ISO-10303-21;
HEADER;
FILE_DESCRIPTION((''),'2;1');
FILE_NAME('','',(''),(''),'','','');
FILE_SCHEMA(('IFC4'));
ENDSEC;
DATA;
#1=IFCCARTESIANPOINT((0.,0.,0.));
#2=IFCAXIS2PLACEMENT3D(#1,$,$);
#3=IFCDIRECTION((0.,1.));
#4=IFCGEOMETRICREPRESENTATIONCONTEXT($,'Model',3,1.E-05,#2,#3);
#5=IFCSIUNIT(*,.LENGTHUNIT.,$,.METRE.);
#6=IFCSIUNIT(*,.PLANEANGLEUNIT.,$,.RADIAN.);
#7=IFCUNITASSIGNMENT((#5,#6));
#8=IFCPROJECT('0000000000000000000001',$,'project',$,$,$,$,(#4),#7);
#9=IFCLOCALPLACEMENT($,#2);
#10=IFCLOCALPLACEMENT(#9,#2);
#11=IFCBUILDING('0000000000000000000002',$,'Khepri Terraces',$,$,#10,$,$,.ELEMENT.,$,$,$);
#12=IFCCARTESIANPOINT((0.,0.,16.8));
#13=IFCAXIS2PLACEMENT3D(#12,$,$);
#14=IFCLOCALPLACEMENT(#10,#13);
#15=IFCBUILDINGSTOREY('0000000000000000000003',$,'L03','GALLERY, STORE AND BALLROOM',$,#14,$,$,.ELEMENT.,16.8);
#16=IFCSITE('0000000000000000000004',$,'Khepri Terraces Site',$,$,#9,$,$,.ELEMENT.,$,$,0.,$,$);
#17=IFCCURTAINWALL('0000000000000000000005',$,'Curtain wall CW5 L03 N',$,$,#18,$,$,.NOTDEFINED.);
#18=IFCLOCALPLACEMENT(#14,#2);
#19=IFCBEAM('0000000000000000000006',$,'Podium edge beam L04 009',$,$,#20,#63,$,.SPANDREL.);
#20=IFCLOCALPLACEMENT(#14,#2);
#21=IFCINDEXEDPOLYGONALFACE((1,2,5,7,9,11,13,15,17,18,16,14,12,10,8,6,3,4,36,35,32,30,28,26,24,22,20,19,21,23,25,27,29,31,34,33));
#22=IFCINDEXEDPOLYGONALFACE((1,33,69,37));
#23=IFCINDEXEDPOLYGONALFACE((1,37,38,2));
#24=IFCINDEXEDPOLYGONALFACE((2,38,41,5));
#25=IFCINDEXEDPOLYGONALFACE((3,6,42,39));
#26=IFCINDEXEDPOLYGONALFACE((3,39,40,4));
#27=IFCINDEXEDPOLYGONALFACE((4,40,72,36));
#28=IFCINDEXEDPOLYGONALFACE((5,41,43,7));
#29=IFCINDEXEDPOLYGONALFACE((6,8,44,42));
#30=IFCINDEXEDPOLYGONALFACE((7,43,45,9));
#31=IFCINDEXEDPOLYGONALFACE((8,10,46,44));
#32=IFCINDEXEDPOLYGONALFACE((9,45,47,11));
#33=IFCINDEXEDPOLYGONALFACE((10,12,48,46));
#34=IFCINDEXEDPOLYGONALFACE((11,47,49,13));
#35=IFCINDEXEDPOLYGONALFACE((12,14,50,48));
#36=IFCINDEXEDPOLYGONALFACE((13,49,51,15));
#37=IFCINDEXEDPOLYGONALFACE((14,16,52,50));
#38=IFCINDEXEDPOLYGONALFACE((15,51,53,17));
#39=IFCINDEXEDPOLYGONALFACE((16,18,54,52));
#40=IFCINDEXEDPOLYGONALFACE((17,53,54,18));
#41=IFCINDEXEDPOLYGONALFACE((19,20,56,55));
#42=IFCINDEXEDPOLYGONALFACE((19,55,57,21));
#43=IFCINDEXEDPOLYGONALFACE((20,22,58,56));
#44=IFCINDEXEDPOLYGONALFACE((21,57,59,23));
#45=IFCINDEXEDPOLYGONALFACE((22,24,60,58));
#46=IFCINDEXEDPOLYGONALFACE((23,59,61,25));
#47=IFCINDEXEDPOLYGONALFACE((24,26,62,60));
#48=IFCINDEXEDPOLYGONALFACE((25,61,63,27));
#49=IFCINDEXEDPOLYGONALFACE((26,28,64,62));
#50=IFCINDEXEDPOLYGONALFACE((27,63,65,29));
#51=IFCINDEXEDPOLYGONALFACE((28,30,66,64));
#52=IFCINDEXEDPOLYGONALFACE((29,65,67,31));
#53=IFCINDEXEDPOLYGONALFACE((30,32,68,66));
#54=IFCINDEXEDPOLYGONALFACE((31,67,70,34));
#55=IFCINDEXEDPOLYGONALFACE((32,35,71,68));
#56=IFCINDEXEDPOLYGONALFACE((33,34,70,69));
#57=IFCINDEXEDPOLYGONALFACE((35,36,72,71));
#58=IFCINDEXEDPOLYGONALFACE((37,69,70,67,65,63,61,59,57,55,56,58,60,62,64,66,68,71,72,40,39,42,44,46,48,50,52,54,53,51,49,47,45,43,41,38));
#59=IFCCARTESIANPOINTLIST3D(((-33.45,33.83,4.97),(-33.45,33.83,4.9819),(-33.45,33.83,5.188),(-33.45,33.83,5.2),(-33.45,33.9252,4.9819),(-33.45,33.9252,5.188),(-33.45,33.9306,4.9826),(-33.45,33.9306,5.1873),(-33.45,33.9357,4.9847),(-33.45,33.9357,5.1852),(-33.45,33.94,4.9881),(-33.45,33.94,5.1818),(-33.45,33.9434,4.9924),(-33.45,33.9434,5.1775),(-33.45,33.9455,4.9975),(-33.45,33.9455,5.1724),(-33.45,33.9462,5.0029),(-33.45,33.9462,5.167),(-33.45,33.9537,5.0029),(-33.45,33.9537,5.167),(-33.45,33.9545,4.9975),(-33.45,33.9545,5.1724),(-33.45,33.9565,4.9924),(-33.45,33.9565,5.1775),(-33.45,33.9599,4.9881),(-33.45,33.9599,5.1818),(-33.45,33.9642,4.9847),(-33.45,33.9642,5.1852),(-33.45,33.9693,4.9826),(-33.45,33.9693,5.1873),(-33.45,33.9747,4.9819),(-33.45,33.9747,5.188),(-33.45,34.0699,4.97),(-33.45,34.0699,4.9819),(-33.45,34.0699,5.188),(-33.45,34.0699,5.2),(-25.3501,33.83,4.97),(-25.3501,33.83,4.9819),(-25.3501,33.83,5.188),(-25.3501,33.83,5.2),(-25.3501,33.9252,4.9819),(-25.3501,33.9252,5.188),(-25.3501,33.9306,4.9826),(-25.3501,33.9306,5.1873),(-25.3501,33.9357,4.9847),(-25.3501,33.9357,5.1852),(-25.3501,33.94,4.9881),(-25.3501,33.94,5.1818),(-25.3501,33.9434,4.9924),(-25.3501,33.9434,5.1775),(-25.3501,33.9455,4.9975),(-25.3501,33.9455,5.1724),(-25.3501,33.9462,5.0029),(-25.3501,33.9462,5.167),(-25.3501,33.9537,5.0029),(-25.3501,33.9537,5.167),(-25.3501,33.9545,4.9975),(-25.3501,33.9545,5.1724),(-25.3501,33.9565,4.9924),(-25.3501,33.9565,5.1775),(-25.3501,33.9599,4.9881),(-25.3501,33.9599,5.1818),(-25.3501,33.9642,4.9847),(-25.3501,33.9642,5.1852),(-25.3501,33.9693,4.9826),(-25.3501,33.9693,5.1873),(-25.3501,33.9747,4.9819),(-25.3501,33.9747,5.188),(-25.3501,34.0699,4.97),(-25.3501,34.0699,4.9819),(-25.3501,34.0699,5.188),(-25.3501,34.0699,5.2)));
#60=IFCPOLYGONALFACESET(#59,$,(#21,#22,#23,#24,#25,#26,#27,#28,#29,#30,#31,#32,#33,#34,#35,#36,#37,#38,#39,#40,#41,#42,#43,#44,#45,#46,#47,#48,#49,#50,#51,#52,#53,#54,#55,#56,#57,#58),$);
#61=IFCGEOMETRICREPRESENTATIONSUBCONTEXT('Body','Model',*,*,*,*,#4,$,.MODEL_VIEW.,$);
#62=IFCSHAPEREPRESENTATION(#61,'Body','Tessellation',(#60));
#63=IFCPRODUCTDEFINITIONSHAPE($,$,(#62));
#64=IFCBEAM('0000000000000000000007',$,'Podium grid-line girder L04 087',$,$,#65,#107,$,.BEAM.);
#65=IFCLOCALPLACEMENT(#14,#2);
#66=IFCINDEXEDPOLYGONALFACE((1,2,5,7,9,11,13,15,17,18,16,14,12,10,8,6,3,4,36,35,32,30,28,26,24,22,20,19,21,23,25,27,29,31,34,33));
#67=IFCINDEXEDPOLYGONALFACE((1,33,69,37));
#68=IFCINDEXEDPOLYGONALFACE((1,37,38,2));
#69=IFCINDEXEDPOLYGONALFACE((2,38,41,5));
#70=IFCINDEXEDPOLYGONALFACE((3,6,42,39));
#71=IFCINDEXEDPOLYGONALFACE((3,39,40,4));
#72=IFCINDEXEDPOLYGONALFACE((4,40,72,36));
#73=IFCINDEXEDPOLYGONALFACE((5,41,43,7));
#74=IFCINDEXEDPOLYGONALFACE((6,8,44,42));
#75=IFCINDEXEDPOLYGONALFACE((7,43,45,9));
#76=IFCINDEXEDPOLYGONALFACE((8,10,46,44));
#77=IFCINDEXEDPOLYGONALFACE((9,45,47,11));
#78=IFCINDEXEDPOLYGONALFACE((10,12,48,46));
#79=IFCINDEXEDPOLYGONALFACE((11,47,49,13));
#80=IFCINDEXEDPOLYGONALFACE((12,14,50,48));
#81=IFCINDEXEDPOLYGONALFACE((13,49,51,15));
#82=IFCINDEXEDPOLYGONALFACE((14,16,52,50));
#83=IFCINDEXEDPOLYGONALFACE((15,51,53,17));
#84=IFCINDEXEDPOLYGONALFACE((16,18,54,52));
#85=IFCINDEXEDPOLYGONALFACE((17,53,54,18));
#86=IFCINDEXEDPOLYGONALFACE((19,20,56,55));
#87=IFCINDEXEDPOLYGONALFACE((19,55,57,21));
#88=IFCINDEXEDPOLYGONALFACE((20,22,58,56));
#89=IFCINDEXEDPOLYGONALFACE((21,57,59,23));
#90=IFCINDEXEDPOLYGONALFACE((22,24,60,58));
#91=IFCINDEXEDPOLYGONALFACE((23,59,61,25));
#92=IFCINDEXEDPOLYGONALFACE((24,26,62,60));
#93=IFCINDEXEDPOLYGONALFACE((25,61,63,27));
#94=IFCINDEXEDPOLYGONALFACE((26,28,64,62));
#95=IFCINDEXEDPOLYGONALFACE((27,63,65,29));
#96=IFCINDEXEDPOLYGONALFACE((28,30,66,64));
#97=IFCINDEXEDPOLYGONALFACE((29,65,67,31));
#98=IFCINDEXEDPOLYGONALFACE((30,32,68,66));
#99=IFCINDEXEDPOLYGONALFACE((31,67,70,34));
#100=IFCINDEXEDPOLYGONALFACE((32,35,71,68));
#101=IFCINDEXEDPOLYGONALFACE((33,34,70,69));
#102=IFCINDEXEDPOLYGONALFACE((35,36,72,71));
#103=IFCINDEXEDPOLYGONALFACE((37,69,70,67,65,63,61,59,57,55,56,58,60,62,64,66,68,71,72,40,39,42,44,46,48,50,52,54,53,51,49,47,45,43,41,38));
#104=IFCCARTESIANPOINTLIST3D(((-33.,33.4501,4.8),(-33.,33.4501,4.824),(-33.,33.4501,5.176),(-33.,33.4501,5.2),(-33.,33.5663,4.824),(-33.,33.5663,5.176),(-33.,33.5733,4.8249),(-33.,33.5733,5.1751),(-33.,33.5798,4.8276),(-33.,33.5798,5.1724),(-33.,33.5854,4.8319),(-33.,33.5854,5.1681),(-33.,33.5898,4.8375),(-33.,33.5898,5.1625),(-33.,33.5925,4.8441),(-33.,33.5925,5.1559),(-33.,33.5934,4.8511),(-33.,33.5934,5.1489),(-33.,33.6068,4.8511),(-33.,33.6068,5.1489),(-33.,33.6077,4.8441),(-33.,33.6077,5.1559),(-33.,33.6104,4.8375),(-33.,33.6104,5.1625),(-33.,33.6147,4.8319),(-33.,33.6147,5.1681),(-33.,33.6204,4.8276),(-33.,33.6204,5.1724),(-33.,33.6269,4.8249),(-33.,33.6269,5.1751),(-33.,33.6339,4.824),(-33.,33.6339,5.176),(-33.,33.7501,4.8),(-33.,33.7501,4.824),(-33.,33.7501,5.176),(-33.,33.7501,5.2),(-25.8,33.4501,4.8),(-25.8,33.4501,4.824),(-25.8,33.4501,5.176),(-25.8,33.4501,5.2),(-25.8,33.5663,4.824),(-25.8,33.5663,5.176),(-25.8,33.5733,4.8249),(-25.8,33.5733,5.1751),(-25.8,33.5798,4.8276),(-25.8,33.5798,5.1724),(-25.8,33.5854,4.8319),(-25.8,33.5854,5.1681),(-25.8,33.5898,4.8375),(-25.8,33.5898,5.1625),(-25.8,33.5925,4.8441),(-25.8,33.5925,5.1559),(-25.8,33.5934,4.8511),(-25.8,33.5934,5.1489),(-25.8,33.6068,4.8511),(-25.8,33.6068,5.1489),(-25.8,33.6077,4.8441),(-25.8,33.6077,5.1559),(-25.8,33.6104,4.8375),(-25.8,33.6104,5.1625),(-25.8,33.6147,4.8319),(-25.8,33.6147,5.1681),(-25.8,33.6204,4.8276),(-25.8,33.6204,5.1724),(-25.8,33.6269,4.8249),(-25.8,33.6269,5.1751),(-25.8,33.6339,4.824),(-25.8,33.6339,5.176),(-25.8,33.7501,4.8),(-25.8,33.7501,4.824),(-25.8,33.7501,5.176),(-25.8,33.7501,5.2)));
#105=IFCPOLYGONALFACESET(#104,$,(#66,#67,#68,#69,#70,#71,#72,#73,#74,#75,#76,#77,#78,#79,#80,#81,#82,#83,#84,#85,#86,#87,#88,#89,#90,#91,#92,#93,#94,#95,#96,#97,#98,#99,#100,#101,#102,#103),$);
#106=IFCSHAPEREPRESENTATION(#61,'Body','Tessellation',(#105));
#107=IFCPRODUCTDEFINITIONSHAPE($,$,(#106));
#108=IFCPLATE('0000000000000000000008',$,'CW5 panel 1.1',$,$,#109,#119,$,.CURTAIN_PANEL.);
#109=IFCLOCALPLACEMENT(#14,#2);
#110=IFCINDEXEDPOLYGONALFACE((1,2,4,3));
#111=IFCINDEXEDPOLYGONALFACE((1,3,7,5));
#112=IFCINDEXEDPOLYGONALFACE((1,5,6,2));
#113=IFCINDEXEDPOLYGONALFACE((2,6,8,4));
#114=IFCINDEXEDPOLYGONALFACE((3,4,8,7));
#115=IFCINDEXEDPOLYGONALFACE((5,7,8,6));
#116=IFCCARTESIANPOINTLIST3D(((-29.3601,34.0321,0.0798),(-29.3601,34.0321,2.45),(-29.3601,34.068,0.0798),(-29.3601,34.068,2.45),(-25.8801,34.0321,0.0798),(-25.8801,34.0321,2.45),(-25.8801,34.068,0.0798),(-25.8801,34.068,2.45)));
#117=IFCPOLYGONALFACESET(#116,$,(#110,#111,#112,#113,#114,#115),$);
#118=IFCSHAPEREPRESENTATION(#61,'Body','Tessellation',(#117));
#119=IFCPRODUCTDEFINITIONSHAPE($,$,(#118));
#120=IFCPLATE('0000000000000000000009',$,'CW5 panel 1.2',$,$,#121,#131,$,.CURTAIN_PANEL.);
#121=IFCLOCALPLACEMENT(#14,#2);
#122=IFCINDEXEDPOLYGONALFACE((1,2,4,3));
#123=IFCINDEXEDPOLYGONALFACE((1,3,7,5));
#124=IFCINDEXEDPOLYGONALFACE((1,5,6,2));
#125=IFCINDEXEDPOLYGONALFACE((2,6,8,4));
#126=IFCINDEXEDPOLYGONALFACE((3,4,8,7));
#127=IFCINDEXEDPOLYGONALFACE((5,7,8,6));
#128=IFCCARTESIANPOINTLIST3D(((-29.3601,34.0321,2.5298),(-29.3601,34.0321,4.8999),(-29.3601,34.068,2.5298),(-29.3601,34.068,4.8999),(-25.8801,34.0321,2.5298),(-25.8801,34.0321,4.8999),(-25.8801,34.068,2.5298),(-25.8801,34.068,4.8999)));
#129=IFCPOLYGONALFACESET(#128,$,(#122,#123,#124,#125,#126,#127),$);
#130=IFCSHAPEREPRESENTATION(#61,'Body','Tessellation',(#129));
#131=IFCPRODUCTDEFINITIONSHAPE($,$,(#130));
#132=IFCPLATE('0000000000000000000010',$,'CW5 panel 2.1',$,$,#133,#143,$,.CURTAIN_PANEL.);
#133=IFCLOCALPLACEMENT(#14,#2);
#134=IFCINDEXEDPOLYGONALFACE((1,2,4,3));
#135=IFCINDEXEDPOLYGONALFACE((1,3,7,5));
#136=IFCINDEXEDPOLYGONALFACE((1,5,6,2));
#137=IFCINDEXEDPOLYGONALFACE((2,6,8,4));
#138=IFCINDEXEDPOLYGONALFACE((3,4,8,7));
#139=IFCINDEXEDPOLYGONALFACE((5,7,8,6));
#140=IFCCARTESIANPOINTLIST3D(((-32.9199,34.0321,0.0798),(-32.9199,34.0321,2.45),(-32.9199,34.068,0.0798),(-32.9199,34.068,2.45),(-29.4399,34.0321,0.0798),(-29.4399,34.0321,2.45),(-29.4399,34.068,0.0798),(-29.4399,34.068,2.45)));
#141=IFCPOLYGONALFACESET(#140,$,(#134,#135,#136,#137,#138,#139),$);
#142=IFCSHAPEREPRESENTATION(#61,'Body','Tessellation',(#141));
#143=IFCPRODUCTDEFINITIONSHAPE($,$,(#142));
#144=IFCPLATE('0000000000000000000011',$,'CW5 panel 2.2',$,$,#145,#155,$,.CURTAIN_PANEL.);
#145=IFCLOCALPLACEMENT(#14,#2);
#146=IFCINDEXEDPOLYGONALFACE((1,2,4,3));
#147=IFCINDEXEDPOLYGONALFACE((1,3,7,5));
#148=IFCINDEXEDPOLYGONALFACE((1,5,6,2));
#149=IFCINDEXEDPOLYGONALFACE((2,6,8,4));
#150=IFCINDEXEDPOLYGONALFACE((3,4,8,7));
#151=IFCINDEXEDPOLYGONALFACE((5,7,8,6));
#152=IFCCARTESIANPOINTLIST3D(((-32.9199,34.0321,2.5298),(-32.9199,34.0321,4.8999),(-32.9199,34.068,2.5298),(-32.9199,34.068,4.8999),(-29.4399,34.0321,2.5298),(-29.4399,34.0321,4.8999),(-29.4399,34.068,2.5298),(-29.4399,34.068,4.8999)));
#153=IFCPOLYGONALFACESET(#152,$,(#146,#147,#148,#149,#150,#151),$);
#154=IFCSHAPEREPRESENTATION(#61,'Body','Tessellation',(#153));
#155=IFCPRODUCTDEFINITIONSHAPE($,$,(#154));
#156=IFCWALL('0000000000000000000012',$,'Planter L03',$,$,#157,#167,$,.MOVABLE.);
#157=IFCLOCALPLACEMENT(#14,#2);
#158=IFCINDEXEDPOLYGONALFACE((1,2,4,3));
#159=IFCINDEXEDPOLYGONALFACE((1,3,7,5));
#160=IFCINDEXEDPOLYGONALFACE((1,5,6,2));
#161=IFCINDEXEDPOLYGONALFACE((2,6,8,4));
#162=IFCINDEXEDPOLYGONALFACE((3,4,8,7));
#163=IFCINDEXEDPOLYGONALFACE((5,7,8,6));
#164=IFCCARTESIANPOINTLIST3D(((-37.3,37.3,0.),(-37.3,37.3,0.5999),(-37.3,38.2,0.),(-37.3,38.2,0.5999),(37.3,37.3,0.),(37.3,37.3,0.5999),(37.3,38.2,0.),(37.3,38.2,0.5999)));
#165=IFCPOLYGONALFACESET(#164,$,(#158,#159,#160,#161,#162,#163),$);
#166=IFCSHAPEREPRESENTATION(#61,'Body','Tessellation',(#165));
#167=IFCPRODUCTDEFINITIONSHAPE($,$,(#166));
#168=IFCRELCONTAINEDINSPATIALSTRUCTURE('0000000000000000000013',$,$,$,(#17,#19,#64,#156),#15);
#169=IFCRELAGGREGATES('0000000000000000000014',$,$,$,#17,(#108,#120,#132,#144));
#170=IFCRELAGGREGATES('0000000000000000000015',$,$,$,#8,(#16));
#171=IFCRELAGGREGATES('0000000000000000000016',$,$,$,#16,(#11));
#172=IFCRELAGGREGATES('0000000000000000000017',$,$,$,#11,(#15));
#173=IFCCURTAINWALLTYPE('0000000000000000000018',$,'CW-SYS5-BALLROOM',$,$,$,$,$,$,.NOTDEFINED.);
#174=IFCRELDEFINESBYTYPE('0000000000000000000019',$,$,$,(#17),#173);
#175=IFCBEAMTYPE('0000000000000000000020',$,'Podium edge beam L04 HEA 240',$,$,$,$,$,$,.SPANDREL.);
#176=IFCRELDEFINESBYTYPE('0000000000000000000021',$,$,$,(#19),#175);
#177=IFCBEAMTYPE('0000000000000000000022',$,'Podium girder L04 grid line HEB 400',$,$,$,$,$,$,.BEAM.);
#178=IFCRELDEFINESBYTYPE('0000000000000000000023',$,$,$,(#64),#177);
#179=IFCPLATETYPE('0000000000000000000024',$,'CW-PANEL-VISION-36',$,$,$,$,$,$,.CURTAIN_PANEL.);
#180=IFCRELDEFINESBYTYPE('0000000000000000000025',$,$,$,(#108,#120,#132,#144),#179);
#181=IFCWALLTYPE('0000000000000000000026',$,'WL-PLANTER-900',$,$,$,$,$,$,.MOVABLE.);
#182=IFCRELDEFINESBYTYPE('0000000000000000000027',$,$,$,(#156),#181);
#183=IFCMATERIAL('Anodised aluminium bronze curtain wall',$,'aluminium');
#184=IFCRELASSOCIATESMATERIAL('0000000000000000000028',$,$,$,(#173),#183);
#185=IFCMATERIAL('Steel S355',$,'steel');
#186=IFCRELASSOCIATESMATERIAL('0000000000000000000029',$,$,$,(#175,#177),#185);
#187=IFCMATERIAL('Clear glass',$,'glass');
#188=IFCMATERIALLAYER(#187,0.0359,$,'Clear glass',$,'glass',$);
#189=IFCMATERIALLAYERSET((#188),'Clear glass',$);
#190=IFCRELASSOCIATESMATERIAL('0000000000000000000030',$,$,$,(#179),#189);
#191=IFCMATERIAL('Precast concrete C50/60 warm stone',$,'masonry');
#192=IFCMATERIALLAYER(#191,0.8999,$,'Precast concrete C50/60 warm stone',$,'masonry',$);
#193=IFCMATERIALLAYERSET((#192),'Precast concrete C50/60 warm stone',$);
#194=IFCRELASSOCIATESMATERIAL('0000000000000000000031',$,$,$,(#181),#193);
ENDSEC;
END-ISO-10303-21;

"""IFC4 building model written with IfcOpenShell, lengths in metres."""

from ifc_helpers import new_model, si_unit, direction, frame, frame_2d, origin, origin_2d, place, context, subcontext, project, spatial, rectangle, i_section, extrude, material, layer, layer_set, material_profile, profile_set, type_object, element, aggregate, save


model = new_model("IFC4")

# Units and contexts
model_context = context("Model", 3, precision=1e-05, world=origin(), true_north=direction((0.0, 1.0)))
body_context = subcontext(model_context, "Body", "Model", "MODEL_VIEW")
ifc_project = project(units=[si_unit("LENGTHUNIT", "METRE"), si_unit("PLANEANGLEUNIT", "RADIAN")], contexts=[model_context])

# Site, building, storey
site_placement = place(None, origin())
site = spatial("IfcSite", under=ifc_project, at=site_placement, Name="Khepri Terraces Site", CompositionType="ELEMENT", RefElevation=0.0)
building_placement = place(site_placement, origin())
building = spatial("IfcBuilding", under=site, at=building_placement, Name="Khepri Terraces", CompositionType="ELEMENT")
storey_placement = place(building_placement, frame((0.0, 0.0, 16.8)))
storey = spatial("IfcBuildingStorey", under=building, at=storey_placement, Name="L03", Description="GALLERY, STORE AND BALLROOM", CompositionType="ELEMENT", Elevation=16.8)

# Curtain wall
ifc_material_1 = material(Name="Anodised aluminium bronze curtain wall", Category="aluminium")
curtain_wall_type = type_object("IfcCurtainWallType", Name="CW-SYS5-BALLROOM", PredefinedType="NOTDEFINED", material=ifc_material_1)
curtain_wall_1_placement = place(storey_placement, origin())
curtain_wall_1 = element("IfcCurtainWall", 1, at=curtain_wall_1_placement, inside=storey, type_object=curtain_wall_type, Name="Curtain wall CW5 L03 N", PredefinedType="NOTDEFINED")

# Beams
ifc_material_2 = material(Name="Steel S355", Category="steel")
ifc_material_profile_1 = material_profile(ifc_material_2, i_section(OverallWidth=0.24, OverallDepth=0.23, WebThickness=0.0076, FlangeThickness=0.012, FilletRadius=0.021, at=origin_2d()), Name="Steel S355", Category="steel")
ifc_profile_set_1 = profile_set([ifc_material_profile_1], Name="Steel S355")
beam_type_1 = type_object("IfcBeamType", Name="Podium edge beam L04 HEA 240", PredefinedType="SPANDREL", material=ifc_profile_set_1)
beam_1_placement = place(storey_placement, frame((-33.45, 33.95, 5.085), z_axis=(1.0, 0.0, 0.0), x_axis=(0.0, 1.0, 0.0)))
element("IfcBeam", 2, at=beam_1_placement, inside=storey, type_object=beam_type_1, Name="Podium edge beam L04 009", PredefinedType="SPANDREL", context=body_context, shape_type="SweptSolid", body=[
    extrude(i_section(OverallWidth=0.24, OverallDepth=0.23, WebThickness=0.0076, FlangeThickness=0.012, FilletRadius=0.021, at=origin_2d()), origin(), (0.0, 0.0, 1.0), 8.0999),
])
ifc_material_profile_2 = material_profile(ifc_material_2, i_section(OverallWidth=0.3, OverallDepth=0.3999, WebThickness=0.0134, FlangeThickness=0.0239, FilletRadius=0.0271, at=origin_2d()), Name="Steel S355", Category="steel")
ifc_profile_set_2 = profile_set([ifc_material_profile_2], Name="Steel S355")
beam_type_2 = type_object("IfcBeamType", Name="Podium girder L04 grid line HEB 400", PredefinedType="BEAM", material=ifc_profile_set_2)
beam_2_placement = place(storey_placement, frame((-33.0, 33.6001, 5.0), z_axis=(1.0, 0.0, 0.0), x_axis=(0.0, 1.0, 0.0)))
element("IfcBeam", 3, at=beam_2_placement, inside=storey, type_object=beam_type_2, Name="Podium grid-line girder L04 087", PredefinedType="BEAM", context=body_context, shape_type="SweptSolid", body=[
    extrude(i_section(OverallWidth=0.3, OverallDepth=0.3999, WebThickness=0.0134, FlangeThickness=0.0239, FilletRadius=0.0271, at=origin_2d()), origin(), (0.0, 0.0, 1.0), 7.2),
])

# Plates
ifc_material_3 = material(Name="Clear glass", Category="glass")
ifc_layer_1 = layer(ifc_material_3, 0.0359, Name="Clear glass", Category="glass")
ifc_layer_set_1 = layer_set([ifc_layer_1], Name="Clear glass")
plate_type = type_object("IfcPlateType", Name="CW-PANEL-VISION-36", PredefinedType="CURTAIN_PANEL", material=ifc_layer_set_1)
plate_1_placement = place(storey_placement, frame((-27.6201, 34.05, 0.0798), z_axis=(0.0, 0.0, 1.0), x_axis=(-1.0, 0.0, 0.0)))
plate_1 = element("IfcPlate", 4, at=plate_1_placement, type_object=plate_type, Name="CW5 panel 1.1", PredefinedType="CURTAIN_PANEL", context=body_context, shape_type="SweptSolid", body=[
    extrude(rectangle(XDim=3.48, YDim=0.0359, at=origin_2d()), origin(), (0.0, 0.0, 1.0), 2.3701),
])
plate_2_placement = place(storey_placement, frame((-27.6201, 34.05, 2.5298), z_axis=(0.0, 0.0, 1.0), x_axis=(-1.0, 0.0, 0.0)))
plate_2 = element("IfcPlate", 5, at=plate_2_placement, type_object=plate_type, Name="CW5 panel 1.2", PredefinedType="CURTAIN_PANEL", context=body_context, shape_type="SweptSolid", body=[
    extrude(rectangle(XDim=3.48, YDim=0.0359, at=origin_2d()), origin(), (0.0, 0.0, 1.0), 2.3701),
])
plate_3_placement = place(storey_placement, frame((-31.1799, 34.05, 0.0798), z_axis=(0.0, 0.0, 1.0), x_axis=(-1.0, 0.0, 0.0)))
plate_3 = element("IfcPlate", 6, at=plate_3_placement, type_object=plate_type, Name="CW5 panel 2.1", PredefinedType="CURTAIN_PANEL", context=body_context, shape_type="SweptSolid", body=[
    extrude(rectangle(XDim=3.48, YDim=0.0359, at=origin_2d()), origin(), (0.0, 0.0, 1.0), 2.3701),
])
plate_4_placement = place(storey_placement, frame((-31.1799, 34.05, 2.5298), z_axis=(0.0, 0.0, 1.0), x_axis=(-1.0, 0.0, 0.0)))
plate_4 = element("IfcPlate", 7, at=plate_4_placement, type_object=plate_type, Name="CW5 panel 2.2", PredefinedType="CURTAIN_PANEL", context=body_context, shape_type="SweptSolid", body=[
    extrude(rectangle(XDim=3.48, YDim=0.0359, at=origin_2d()), origin(), (0.0, 0.0, 1.0), 2.3701),
])
aggregate(curtain_wall_1, [plate_1, plate_2, plate_3, plate_4])

# Wall
ifc_material_4 = material(Name="Precast concrete C50/60 warm stone", Category="masonry")
ifc_layer_2 = layer(ifc_material_4, 0.8999, Name="Precast concrete C50/60 warm stone", Category="masonry")
ifc_layer_set_2 = layer_set([ifc_layer_2], Name="Precast concrete C50/60 warm stone")
wall_type = type_object("IfcWallType", Name="WL-PLANTER-900", PredefinedType="MOVABLE", material=ifc_layer_set_2)
wall_placement = place(storey_placement, frame((-37.3, 37.75, 0.0), z_axis=(0.0, 0.0, 1.0), x_axis=(1.0, 0.0, 0.0)))
element("IfcWall", 8, at=wall_placement, inside=storey, type_object=wall_type, Name="Planter L03", PredefinedType="MOVABLE", context=body_context, shape_type="SweptSolid", body=[
    extrude(rectangle(XDim=74.6001, YDim=0.8999, at=frame_2d((37.3, 0.0))), origin(), (0.0, 0.0, 1.0), 0.5999),
])

save(model, "model.ifc")
